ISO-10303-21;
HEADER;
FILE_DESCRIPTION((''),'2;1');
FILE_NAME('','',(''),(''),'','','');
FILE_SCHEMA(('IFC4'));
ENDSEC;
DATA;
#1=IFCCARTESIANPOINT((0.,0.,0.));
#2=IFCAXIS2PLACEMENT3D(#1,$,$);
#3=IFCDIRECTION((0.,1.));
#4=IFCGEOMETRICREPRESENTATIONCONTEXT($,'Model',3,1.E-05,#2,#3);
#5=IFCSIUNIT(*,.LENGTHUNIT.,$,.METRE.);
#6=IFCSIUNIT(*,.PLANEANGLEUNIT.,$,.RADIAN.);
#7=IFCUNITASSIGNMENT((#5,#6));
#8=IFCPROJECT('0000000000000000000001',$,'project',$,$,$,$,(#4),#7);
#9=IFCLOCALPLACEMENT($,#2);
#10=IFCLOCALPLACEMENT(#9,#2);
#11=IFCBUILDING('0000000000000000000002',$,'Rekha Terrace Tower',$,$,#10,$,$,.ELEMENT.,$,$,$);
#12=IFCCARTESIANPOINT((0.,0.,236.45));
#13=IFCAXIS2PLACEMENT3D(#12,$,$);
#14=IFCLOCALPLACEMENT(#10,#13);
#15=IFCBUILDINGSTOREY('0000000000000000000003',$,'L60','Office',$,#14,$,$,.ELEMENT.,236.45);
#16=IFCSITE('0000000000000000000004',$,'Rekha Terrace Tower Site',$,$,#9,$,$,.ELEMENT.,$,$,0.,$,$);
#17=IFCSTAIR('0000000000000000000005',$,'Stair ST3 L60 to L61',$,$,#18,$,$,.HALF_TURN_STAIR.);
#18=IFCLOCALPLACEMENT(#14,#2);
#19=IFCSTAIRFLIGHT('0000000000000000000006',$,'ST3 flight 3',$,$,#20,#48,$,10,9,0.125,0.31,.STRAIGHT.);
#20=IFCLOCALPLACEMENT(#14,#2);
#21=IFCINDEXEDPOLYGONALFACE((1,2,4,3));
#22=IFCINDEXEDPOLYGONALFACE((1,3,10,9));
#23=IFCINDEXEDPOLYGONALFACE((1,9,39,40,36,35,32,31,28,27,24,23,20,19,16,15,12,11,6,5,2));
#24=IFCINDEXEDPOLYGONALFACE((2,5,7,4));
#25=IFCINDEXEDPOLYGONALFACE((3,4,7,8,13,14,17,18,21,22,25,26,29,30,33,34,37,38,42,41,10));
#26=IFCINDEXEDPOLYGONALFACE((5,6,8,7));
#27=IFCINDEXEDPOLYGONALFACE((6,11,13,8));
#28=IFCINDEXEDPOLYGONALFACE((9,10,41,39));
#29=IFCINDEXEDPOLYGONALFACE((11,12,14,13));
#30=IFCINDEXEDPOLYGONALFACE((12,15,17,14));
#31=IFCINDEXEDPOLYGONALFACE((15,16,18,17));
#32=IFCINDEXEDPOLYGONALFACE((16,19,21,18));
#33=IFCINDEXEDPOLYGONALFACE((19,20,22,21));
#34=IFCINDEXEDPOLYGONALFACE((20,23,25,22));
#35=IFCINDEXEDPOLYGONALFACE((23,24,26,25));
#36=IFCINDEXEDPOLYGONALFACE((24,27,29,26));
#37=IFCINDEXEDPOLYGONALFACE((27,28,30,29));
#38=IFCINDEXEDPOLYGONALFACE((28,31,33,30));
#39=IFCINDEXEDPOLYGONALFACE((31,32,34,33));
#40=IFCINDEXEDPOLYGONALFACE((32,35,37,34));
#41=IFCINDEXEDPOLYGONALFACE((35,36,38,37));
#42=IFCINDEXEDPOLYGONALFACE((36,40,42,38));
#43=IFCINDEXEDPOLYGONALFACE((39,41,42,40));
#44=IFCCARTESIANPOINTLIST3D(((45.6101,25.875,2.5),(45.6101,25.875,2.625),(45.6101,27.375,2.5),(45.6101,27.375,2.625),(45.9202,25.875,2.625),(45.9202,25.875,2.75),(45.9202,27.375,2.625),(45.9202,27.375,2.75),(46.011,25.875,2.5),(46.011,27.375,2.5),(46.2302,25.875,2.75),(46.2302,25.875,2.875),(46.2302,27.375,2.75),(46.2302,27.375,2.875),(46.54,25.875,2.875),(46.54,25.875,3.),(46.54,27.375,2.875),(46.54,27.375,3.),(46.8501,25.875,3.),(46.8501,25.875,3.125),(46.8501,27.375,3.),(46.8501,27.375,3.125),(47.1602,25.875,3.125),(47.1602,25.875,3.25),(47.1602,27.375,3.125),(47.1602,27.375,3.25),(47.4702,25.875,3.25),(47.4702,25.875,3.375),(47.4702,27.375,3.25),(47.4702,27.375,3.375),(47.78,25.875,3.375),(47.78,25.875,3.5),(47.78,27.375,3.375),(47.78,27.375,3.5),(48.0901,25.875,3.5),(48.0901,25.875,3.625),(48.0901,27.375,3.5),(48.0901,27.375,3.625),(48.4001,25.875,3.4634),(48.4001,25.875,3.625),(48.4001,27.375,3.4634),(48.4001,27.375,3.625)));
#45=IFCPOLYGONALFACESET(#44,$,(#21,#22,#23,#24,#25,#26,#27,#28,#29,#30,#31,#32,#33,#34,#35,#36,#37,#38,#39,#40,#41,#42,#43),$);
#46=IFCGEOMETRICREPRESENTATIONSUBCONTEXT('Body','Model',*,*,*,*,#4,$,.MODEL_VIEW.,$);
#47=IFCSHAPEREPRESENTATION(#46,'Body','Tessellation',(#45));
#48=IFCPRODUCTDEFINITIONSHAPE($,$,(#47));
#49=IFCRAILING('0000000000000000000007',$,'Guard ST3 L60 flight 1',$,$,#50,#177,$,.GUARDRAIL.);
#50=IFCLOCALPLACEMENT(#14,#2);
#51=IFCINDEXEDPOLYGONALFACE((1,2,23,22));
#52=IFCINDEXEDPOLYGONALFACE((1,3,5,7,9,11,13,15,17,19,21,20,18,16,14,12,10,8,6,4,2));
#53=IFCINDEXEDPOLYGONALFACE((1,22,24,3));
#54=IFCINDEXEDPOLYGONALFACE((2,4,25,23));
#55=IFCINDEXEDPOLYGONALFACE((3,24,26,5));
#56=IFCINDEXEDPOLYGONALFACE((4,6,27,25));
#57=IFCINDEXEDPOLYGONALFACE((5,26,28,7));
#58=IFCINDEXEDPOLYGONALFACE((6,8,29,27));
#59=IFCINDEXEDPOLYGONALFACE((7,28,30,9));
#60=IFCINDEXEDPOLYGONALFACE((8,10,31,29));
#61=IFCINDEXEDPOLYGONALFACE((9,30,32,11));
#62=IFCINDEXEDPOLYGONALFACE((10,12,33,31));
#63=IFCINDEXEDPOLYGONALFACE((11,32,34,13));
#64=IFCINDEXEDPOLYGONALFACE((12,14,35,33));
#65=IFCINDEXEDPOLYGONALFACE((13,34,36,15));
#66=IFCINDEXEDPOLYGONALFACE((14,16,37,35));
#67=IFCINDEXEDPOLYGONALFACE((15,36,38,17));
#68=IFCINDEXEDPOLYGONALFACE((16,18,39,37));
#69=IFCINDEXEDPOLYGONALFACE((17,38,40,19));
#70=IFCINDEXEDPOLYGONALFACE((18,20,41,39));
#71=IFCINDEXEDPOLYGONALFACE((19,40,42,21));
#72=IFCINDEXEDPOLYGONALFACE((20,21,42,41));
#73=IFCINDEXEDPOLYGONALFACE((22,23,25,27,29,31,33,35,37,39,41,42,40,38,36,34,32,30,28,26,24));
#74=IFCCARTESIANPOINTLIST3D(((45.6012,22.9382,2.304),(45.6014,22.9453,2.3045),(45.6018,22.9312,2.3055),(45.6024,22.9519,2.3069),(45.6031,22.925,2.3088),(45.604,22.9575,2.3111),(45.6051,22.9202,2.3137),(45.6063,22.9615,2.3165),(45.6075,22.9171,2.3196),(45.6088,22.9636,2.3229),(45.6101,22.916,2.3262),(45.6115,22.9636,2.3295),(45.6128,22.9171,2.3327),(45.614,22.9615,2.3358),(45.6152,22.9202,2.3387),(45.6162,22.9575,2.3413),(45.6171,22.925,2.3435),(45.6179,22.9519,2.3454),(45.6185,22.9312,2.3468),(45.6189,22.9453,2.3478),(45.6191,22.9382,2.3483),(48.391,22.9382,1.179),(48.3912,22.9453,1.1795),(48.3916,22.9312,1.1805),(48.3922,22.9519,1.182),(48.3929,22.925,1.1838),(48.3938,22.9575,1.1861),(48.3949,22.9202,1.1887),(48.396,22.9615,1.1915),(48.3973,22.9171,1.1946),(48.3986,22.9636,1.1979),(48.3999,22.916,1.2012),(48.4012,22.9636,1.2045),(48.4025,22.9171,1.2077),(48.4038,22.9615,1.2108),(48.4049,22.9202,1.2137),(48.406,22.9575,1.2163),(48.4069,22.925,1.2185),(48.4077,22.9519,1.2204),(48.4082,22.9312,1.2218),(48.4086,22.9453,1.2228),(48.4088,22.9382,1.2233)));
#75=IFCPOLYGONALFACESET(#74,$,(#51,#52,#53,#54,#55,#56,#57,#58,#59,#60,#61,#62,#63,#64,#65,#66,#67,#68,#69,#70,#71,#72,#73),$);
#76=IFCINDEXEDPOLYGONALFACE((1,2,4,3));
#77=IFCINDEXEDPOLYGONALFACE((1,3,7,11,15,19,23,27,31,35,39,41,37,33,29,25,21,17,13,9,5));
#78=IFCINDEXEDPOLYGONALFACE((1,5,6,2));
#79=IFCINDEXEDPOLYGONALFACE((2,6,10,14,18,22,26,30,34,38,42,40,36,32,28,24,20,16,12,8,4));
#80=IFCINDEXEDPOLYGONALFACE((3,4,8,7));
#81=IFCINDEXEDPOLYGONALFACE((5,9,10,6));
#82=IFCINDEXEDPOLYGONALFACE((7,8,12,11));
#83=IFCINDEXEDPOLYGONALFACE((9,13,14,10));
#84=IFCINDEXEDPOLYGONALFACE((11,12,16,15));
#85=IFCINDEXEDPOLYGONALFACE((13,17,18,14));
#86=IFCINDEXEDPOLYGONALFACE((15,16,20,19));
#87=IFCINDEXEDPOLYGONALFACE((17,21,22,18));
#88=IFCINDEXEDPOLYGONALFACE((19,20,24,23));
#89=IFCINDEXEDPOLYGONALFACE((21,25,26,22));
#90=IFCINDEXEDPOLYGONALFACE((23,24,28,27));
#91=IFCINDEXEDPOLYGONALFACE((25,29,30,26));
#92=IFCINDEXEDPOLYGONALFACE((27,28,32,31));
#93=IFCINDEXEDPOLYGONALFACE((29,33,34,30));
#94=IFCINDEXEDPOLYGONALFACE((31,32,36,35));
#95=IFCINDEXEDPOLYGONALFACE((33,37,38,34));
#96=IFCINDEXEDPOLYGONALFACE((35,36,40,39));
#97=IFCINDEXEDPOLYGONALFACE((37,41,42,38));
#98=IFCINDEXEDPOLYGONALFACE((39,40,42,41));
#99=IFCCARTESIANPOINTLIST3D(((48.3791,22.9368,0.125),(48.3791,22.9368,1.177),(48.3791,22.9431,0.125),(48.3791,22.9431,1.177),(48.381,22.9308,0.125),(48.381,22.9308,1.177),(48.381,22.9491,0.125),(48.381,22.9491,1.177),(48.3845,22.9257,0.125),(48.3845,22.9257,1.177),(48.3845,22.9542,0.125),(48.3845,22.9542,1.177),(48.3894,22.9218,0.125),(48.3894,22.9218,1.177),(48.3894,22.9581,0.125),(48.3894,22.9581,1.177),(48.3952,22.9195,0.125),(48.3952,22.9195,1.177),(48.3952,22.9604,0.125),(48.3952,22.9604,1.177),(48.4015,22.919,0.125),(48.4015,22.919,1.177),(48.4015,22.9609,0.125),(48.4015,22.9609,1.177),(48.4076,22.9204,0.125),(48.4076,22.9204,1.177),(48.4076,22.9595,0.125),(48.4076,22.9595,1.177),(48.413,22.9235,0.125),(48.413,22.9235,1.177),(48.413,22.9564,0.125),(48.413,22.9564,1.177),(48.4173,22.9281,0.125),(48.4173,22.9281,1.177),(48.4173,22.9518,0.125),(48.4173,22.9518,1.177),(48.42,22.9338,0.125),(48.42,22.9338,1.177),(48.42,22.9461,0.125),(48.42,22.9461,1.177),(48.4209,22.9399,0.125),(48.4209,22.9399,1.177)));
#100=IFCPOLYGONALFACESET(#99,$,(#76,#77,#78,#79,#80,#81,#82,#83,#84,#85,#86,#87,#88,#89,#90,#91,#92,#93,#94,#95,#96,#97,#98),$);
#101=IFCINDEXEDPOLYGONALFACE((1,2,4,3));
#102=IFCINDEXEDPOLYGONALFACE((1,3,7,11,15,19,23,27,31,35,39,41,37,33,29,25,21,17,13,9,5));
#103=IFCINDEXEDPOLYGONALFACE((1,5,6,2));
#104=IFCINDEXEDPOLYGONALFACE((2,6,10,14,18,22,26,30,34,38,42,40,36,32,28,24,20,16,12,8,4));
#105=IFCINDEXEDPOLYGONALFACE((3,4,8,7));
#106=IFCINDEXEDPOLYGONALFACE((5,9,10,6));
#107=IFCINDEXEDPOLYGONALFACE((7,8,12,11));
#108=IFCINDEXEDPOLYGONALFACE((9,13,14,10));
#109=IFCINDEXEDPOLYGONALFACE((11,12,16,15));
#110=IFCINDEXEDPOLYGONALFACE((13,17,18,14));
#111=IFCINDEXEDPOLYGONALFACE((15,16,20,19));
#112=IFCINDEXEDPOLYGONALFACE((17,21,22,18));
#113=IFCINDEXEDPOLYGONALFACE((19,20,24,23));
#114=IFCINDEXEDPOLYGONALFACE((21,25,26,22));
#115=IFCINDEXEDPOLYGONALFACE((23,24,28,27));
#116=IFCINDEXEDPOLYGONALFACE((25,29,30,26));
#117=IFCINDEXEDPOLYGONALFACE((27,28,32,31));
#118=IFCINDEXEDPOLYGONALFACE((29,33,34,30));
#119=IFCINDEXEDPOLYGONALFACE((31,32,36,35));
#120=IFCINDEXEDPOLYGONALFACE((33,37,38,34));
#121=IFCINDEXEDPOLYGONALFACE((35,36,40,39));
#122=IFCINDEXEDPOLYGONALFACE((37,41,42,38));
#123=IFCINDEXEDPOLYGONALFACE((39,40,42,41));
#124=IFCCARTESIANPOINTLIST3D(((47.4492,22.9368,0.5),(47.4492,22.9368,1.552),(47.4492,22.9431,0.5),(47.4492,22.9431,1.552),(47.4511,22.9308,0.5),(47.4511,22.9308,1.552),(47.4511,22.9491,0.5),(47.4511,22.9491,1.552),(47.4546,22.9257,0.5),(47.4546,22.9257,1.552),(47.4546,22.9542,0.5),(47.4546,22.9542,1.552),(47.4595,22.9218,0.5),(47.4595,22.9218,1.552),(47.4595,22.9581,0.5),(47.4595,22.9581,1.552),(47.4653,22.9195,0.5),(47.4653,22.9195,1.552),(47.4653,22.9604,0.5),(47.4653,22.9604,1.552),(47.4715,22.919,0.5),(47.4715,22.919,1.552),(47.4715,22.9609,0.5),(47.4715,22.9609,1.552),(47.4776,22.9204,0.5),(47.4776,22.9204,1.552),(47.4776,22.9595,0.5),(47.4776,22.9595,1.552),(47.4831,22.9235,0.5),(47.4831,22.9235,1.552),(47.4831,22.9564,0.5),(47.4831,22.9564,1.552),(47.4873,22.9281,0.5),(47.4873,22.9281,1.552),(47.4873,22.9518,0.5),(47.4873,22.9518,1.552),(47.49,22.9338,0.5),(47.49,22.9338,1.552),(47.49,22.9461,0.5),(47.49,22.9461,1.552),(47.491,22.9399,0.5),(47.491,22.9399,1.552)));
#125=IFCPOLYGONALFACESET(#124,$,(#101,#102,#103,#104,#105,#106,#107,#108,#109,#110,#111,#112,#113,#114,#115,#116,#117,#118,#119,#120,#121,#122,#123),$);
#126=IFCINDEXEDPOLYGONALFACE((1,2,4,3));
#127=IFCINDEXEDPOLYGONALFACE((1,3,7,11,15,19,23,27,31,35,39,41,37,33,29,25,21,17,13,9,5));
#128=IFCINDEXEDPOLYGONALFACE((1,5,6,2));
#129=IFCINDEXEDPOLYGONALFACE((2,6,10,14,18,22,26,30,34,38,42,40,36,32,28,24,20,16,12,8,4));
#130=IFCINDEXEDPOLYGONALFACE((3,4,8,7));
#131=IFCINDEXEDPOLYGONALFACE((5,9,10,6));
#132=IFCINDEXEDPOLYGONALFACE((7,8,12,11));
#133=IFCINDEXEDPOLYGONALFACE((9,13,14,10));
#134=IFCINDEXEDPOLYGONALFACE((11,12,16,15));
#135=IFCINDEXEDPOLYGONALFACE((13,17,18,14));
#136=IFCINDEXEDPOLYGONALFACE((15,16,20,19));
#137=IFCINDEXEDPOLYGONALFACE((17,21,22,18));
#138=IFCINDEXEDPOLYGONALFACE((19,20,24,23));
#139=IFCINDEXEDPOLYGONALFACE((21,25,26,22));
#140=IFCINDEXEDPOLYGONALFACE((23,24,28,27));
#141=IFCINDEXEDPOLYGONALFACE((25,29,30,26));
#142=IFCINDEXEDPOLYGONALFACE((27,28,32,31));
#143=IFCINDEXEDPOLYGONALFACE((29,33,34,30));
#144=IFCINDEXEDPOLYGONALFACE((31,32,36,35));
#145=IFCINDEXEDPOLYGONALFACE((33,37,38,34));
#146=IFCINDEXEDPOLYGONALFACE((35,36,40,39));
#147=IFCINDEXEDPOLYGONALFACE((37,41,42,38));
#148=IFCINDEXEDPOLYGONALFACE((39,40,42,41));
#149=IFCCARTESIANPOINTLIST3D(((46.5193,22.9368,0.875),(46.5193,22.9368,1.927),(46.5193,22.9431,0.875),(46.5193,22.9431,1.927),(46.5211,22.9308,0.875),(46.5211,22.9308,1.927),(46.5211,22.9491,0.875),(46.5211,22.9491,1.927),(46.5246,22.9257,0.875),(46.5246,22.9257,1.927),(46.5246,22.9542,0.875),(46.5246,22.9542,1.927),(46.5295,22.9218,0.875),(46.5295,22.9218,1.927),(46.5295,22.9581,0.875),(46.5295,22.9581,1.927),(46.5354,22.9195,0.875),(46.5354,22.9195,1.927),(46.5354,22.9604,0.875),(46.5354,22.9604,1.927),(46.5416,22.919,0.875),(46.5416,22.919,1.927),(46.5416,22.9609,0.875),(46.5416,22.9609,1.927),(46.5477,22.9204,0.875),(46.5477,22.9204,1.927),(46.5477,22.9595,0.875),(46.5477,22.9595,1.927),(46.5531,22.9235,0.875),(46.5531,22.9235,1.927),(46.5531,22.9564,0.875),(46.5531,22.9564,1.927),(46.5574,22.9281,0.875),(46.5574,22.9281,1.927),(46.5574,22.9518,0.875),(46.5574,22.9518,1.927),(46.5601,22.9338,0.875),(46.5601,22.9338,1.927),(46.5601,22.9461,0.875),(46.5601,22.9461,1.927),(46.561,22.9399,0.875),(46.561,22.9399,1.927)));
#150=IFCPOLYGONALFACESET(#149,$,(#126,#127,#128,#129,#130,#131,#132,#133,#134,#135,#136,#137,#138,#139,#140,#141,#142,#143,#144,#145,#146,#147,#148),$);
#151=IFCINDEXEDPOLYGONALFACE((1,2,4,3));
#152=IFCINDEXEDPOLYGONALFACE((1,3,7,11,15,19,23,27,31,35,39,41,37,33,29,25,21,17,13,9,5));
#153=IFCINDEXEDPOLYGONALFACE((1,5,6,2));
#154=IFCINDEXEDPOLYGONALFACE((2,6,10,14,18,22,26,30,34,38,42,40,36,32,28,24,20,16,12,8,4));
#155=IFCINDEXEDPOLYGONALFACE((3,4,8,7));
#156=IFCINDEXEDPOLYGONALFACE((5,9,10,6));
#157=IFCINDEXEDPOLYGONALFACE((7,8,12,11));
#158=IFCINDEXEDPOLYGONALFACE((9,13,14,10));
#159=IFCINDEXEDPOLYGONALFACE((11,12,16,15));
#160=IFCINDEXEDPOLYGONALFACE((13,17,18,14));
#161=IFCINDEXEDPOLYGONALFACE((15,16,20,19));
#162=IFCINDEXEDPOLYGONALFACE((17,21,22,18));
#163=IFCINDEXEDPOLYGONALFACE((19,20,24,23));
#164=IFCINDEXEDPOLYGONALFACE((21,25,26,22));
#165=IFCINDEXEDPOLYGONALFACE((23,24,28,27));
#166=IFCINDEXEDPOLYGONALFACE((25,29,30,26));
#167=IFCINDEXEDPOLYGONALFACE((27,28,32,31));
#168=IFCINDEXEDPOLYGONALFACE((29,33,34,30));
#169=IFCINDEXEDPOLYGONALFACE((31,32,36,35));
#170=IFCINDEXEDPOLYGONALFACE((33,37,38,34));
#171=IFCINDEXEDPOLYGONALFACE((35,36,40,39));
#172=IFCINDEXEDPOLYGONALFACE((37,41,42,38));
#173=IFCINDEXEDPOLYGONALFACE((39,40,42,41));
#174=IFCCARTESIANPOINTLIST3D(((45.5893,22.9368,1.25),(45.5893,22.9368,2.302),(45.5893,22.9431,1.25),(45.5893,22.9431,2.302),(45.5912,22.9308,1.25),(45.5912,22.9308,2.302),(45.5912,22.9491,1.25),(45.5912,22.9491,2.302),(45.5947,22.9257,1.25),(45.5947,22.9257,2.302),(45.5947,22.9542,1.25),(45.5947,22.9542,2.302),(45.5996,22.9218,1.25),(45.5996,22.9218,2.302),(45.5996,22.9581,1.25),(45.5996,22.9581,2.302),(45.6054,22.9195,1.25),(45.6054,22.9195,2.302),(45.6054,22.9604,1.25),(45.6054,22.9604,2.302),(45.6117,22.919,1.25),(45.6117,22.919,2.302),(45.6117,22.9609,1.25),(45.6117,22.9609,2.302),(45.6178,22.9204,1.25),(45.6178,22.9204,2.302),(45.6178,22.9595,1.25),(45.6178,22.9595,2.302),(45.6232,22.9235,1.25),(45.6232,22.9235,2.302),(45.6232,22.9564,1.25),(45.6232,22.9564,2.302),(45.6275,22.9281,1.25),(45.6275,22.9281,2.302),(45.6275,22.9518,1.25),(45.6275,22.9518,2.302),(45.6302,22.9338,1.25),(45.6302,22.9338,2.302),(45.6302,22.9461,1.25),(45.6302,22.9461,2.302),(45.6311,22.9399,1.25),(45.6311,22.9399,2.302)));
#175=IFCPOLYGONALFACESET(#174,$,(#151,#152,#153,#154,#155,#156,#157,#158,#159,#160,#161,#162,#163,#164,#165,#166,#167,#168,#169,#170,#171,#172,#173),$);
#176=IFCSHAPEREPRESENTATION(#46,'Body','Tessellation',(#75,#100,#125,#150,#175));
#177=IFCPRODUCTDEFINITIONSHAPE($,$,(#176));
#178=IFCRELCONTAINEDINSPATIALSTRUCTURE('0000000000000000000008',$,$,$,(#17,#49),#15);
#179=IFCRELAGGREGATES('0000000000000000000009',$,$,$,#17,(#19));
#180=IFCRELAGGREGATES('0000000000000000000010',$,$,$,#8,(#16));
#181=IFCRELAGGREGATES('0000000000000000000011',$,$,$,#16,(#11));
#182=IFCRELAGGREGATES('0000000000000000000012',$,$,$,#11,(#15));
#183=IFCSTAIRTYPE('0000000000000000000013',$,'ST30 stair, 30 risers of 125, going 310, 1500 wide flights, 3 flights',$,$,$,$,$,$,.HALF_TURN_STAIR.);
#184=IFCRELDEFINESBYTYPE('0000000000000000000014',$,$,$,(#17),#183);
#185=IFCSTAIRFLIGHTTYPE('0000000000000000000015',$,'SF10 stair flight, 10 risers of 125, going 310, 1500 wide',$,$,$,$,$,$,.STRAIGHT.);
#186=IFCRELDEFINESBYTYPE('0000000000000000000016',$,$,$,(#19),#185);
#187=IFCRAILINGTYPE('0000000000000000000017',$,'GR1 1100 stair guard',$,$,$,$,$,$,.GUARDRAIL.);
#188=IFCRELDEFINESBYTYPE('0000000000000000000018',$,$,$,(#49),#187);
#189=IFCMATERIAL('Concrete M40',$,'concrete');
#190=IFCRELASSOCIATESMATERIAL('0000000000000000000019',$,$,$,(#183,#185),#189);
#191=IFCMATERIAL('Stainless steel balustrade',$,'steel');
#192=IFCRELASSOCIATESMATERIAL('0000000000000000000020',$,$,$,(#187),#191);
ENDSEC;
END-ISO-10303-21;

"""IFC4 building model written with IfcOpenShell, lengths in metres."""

from ifc_helpers import new_model, si_unit, direction, frame, origin, origin_2d, place, context, subcontext, project, spatial, polyline, circle, outline, extrude, material, type_object, element, aggregate, save


model = new_model("IFC4")

# Units and contexts
model_context = context("Model", 3, precision=1e-05, world=origin(), true_north=direction((0.0, 1.0)))
body_context = subcontext(model_context, "Body", "Model", "MODEL_VIEW")
ifc_project = project(units=[si_unit("LENGTHUNIT", "METRE"), si_unit("PLANEANGLEUNIT", "RADIAN")], contexts=[model_context])

# Site, building, storey
site_placement = place(None, origin())
site = spatial("IfcSite", under=ifc_project, at=site_placement, Name="Rekha Terrace Tower Site", CompositionType="ELEMENT", RefElevation=0.0)
building_placement = place(site_placement, origin())
building = spatial("IfcBuilding", under=site, at=building_placement, Name="Rekha Terrace Tower", CompositionType="ELEMENT")
storey_placement = place(building_placement, frame((0.0, 0.0, 236.45)))
storey = spatial("IfcBuildingStorey", under=building, at=storey_placement, Name="L60", Description="Office", CompositionType="ELEMENT", Elevation=236.45)

# Stair, stair flight
ifc_material_1 = material(Name="Concrete M40", Category="concrete")
stair_type = type_object("IfcStairType", Name="ST30 stair, 30 risers of 125, going 310, 1500 wide flights, 3 flights", PredefinedType="HALF_TURN_STAIR", material=ifc_material_1)
stair_placement = place(storey_placement, origin())
stair = element("IfcStair", 1, at=stair_placement, inside=storey, type_object=stair_type, Name="Stair ST3 L60 to L61", PredefinedType="HALF_TURN_STAIR")
stair_flight_type = type_object("IfcStairFlightType", Name="SF10 stair flight, 10 risers of 125, going 310, 1500 wide", PredefinedType="STRAIGHT", material=ifc_material_1)
stair_flight_1_placement = place(storey_placement, frame((45.6101, 26.625, 2.5), z_axis=(0.0, 0.0, 1.0), x_axis=(1.0, 0.0, 0.0)))
stair_flight_1 = element("IfcStairFlight", 2, at=stair_flight_1_placement, type_object=stair_flight_type, Name="ST3 flight 3", NumberOfRisers=10, NumberOfTreads=9, PredefinedType="STRAIGHT", RiserHeight=0.125, TreadLength=0.31, context=body_context, shape_type="SweptSolid", body=[
    extrude(outline(polyline([(0.0, 0.0), (0.0, 0.125), (0.3101, 0.125), (0.3101, 0.25), (0.6201, 0.25), (0.6201, 0.375), (0.9299, 0.375), (0.9299, 0.5), (1.24, 0.5), (1.24, 0.625), (1.55, 0.625), (1.55, 0.75), (1.8601, 0.75), (1.8601, 0.875), (2.1699, 0.875), (2.1699, 1.0), (2.48, 1.0), (2.48, 1.125), (2.79, 1.125), (2.79, 1.25), (2.79, 0.9634), (0.4009, 0.0), (0.0, 0.0)])), frame((0.0, 0.75, 0.0), z_axis=(0.0, -1.0, 0.0), x_axis=(1.0, 0.0, 0.0)), (0.0, 0.0, 1.0), 1.5),
])
aggregate(stair, [stair_flight_1])

# Railing
ifc_material_2 = material(Name="Stainless steel balustrade", Category="steel")
railing_type_1 = type_object("IfcRailingType", Name="GR1 1100 stair guard", PredefinedType="GUARDRAIL", material=ifc_material_2)
railing_1_placement = place(storey_placement, frame((48.3999, 22.9399, 0.125)))
element("IfcRailing", 3, at=railing_1_placement, inside=storey, type_object=railing_type_1, Name="Guard ST3 L60 flight 1", PredefinedType="GUARDRAIL", context=body_context, shape_type="SweptSolid", body=[
    extrude(circle(Radius=0.0239, at=origin_2d()), frame((0.0, 0.0, 1.0762), z_axis=(-0.927432, 0.0, 0.373992), x_axis=(0.0, -1.0, 0.0)), (0.0, 0.0, 1.0), 3.0081),
    extrude(circle(Radius=0.021, at=origin_2d()), origin(), (0.0, 0.0, 1.0), 1.052),
    extrude(circle(Radius=0.021, at=origin_2d()), frame((-0.9299, 0.0, 0.375)), (0.0, 0.0, 1.0), 1.052),
    extrude(circle(Radius=0.021, at=origin_2d()), frame((-1.8599, 0.0, 0.75)), (0.0, 0.0, 1.0), 1.052),
    extrude(circle(Radius=0.021, at=origin_2d()), frame((-2.7898, 0.0, 1.125)), (0.0, 0.0, 1.0), 1.052),
])

save(model, "model.ifc")
